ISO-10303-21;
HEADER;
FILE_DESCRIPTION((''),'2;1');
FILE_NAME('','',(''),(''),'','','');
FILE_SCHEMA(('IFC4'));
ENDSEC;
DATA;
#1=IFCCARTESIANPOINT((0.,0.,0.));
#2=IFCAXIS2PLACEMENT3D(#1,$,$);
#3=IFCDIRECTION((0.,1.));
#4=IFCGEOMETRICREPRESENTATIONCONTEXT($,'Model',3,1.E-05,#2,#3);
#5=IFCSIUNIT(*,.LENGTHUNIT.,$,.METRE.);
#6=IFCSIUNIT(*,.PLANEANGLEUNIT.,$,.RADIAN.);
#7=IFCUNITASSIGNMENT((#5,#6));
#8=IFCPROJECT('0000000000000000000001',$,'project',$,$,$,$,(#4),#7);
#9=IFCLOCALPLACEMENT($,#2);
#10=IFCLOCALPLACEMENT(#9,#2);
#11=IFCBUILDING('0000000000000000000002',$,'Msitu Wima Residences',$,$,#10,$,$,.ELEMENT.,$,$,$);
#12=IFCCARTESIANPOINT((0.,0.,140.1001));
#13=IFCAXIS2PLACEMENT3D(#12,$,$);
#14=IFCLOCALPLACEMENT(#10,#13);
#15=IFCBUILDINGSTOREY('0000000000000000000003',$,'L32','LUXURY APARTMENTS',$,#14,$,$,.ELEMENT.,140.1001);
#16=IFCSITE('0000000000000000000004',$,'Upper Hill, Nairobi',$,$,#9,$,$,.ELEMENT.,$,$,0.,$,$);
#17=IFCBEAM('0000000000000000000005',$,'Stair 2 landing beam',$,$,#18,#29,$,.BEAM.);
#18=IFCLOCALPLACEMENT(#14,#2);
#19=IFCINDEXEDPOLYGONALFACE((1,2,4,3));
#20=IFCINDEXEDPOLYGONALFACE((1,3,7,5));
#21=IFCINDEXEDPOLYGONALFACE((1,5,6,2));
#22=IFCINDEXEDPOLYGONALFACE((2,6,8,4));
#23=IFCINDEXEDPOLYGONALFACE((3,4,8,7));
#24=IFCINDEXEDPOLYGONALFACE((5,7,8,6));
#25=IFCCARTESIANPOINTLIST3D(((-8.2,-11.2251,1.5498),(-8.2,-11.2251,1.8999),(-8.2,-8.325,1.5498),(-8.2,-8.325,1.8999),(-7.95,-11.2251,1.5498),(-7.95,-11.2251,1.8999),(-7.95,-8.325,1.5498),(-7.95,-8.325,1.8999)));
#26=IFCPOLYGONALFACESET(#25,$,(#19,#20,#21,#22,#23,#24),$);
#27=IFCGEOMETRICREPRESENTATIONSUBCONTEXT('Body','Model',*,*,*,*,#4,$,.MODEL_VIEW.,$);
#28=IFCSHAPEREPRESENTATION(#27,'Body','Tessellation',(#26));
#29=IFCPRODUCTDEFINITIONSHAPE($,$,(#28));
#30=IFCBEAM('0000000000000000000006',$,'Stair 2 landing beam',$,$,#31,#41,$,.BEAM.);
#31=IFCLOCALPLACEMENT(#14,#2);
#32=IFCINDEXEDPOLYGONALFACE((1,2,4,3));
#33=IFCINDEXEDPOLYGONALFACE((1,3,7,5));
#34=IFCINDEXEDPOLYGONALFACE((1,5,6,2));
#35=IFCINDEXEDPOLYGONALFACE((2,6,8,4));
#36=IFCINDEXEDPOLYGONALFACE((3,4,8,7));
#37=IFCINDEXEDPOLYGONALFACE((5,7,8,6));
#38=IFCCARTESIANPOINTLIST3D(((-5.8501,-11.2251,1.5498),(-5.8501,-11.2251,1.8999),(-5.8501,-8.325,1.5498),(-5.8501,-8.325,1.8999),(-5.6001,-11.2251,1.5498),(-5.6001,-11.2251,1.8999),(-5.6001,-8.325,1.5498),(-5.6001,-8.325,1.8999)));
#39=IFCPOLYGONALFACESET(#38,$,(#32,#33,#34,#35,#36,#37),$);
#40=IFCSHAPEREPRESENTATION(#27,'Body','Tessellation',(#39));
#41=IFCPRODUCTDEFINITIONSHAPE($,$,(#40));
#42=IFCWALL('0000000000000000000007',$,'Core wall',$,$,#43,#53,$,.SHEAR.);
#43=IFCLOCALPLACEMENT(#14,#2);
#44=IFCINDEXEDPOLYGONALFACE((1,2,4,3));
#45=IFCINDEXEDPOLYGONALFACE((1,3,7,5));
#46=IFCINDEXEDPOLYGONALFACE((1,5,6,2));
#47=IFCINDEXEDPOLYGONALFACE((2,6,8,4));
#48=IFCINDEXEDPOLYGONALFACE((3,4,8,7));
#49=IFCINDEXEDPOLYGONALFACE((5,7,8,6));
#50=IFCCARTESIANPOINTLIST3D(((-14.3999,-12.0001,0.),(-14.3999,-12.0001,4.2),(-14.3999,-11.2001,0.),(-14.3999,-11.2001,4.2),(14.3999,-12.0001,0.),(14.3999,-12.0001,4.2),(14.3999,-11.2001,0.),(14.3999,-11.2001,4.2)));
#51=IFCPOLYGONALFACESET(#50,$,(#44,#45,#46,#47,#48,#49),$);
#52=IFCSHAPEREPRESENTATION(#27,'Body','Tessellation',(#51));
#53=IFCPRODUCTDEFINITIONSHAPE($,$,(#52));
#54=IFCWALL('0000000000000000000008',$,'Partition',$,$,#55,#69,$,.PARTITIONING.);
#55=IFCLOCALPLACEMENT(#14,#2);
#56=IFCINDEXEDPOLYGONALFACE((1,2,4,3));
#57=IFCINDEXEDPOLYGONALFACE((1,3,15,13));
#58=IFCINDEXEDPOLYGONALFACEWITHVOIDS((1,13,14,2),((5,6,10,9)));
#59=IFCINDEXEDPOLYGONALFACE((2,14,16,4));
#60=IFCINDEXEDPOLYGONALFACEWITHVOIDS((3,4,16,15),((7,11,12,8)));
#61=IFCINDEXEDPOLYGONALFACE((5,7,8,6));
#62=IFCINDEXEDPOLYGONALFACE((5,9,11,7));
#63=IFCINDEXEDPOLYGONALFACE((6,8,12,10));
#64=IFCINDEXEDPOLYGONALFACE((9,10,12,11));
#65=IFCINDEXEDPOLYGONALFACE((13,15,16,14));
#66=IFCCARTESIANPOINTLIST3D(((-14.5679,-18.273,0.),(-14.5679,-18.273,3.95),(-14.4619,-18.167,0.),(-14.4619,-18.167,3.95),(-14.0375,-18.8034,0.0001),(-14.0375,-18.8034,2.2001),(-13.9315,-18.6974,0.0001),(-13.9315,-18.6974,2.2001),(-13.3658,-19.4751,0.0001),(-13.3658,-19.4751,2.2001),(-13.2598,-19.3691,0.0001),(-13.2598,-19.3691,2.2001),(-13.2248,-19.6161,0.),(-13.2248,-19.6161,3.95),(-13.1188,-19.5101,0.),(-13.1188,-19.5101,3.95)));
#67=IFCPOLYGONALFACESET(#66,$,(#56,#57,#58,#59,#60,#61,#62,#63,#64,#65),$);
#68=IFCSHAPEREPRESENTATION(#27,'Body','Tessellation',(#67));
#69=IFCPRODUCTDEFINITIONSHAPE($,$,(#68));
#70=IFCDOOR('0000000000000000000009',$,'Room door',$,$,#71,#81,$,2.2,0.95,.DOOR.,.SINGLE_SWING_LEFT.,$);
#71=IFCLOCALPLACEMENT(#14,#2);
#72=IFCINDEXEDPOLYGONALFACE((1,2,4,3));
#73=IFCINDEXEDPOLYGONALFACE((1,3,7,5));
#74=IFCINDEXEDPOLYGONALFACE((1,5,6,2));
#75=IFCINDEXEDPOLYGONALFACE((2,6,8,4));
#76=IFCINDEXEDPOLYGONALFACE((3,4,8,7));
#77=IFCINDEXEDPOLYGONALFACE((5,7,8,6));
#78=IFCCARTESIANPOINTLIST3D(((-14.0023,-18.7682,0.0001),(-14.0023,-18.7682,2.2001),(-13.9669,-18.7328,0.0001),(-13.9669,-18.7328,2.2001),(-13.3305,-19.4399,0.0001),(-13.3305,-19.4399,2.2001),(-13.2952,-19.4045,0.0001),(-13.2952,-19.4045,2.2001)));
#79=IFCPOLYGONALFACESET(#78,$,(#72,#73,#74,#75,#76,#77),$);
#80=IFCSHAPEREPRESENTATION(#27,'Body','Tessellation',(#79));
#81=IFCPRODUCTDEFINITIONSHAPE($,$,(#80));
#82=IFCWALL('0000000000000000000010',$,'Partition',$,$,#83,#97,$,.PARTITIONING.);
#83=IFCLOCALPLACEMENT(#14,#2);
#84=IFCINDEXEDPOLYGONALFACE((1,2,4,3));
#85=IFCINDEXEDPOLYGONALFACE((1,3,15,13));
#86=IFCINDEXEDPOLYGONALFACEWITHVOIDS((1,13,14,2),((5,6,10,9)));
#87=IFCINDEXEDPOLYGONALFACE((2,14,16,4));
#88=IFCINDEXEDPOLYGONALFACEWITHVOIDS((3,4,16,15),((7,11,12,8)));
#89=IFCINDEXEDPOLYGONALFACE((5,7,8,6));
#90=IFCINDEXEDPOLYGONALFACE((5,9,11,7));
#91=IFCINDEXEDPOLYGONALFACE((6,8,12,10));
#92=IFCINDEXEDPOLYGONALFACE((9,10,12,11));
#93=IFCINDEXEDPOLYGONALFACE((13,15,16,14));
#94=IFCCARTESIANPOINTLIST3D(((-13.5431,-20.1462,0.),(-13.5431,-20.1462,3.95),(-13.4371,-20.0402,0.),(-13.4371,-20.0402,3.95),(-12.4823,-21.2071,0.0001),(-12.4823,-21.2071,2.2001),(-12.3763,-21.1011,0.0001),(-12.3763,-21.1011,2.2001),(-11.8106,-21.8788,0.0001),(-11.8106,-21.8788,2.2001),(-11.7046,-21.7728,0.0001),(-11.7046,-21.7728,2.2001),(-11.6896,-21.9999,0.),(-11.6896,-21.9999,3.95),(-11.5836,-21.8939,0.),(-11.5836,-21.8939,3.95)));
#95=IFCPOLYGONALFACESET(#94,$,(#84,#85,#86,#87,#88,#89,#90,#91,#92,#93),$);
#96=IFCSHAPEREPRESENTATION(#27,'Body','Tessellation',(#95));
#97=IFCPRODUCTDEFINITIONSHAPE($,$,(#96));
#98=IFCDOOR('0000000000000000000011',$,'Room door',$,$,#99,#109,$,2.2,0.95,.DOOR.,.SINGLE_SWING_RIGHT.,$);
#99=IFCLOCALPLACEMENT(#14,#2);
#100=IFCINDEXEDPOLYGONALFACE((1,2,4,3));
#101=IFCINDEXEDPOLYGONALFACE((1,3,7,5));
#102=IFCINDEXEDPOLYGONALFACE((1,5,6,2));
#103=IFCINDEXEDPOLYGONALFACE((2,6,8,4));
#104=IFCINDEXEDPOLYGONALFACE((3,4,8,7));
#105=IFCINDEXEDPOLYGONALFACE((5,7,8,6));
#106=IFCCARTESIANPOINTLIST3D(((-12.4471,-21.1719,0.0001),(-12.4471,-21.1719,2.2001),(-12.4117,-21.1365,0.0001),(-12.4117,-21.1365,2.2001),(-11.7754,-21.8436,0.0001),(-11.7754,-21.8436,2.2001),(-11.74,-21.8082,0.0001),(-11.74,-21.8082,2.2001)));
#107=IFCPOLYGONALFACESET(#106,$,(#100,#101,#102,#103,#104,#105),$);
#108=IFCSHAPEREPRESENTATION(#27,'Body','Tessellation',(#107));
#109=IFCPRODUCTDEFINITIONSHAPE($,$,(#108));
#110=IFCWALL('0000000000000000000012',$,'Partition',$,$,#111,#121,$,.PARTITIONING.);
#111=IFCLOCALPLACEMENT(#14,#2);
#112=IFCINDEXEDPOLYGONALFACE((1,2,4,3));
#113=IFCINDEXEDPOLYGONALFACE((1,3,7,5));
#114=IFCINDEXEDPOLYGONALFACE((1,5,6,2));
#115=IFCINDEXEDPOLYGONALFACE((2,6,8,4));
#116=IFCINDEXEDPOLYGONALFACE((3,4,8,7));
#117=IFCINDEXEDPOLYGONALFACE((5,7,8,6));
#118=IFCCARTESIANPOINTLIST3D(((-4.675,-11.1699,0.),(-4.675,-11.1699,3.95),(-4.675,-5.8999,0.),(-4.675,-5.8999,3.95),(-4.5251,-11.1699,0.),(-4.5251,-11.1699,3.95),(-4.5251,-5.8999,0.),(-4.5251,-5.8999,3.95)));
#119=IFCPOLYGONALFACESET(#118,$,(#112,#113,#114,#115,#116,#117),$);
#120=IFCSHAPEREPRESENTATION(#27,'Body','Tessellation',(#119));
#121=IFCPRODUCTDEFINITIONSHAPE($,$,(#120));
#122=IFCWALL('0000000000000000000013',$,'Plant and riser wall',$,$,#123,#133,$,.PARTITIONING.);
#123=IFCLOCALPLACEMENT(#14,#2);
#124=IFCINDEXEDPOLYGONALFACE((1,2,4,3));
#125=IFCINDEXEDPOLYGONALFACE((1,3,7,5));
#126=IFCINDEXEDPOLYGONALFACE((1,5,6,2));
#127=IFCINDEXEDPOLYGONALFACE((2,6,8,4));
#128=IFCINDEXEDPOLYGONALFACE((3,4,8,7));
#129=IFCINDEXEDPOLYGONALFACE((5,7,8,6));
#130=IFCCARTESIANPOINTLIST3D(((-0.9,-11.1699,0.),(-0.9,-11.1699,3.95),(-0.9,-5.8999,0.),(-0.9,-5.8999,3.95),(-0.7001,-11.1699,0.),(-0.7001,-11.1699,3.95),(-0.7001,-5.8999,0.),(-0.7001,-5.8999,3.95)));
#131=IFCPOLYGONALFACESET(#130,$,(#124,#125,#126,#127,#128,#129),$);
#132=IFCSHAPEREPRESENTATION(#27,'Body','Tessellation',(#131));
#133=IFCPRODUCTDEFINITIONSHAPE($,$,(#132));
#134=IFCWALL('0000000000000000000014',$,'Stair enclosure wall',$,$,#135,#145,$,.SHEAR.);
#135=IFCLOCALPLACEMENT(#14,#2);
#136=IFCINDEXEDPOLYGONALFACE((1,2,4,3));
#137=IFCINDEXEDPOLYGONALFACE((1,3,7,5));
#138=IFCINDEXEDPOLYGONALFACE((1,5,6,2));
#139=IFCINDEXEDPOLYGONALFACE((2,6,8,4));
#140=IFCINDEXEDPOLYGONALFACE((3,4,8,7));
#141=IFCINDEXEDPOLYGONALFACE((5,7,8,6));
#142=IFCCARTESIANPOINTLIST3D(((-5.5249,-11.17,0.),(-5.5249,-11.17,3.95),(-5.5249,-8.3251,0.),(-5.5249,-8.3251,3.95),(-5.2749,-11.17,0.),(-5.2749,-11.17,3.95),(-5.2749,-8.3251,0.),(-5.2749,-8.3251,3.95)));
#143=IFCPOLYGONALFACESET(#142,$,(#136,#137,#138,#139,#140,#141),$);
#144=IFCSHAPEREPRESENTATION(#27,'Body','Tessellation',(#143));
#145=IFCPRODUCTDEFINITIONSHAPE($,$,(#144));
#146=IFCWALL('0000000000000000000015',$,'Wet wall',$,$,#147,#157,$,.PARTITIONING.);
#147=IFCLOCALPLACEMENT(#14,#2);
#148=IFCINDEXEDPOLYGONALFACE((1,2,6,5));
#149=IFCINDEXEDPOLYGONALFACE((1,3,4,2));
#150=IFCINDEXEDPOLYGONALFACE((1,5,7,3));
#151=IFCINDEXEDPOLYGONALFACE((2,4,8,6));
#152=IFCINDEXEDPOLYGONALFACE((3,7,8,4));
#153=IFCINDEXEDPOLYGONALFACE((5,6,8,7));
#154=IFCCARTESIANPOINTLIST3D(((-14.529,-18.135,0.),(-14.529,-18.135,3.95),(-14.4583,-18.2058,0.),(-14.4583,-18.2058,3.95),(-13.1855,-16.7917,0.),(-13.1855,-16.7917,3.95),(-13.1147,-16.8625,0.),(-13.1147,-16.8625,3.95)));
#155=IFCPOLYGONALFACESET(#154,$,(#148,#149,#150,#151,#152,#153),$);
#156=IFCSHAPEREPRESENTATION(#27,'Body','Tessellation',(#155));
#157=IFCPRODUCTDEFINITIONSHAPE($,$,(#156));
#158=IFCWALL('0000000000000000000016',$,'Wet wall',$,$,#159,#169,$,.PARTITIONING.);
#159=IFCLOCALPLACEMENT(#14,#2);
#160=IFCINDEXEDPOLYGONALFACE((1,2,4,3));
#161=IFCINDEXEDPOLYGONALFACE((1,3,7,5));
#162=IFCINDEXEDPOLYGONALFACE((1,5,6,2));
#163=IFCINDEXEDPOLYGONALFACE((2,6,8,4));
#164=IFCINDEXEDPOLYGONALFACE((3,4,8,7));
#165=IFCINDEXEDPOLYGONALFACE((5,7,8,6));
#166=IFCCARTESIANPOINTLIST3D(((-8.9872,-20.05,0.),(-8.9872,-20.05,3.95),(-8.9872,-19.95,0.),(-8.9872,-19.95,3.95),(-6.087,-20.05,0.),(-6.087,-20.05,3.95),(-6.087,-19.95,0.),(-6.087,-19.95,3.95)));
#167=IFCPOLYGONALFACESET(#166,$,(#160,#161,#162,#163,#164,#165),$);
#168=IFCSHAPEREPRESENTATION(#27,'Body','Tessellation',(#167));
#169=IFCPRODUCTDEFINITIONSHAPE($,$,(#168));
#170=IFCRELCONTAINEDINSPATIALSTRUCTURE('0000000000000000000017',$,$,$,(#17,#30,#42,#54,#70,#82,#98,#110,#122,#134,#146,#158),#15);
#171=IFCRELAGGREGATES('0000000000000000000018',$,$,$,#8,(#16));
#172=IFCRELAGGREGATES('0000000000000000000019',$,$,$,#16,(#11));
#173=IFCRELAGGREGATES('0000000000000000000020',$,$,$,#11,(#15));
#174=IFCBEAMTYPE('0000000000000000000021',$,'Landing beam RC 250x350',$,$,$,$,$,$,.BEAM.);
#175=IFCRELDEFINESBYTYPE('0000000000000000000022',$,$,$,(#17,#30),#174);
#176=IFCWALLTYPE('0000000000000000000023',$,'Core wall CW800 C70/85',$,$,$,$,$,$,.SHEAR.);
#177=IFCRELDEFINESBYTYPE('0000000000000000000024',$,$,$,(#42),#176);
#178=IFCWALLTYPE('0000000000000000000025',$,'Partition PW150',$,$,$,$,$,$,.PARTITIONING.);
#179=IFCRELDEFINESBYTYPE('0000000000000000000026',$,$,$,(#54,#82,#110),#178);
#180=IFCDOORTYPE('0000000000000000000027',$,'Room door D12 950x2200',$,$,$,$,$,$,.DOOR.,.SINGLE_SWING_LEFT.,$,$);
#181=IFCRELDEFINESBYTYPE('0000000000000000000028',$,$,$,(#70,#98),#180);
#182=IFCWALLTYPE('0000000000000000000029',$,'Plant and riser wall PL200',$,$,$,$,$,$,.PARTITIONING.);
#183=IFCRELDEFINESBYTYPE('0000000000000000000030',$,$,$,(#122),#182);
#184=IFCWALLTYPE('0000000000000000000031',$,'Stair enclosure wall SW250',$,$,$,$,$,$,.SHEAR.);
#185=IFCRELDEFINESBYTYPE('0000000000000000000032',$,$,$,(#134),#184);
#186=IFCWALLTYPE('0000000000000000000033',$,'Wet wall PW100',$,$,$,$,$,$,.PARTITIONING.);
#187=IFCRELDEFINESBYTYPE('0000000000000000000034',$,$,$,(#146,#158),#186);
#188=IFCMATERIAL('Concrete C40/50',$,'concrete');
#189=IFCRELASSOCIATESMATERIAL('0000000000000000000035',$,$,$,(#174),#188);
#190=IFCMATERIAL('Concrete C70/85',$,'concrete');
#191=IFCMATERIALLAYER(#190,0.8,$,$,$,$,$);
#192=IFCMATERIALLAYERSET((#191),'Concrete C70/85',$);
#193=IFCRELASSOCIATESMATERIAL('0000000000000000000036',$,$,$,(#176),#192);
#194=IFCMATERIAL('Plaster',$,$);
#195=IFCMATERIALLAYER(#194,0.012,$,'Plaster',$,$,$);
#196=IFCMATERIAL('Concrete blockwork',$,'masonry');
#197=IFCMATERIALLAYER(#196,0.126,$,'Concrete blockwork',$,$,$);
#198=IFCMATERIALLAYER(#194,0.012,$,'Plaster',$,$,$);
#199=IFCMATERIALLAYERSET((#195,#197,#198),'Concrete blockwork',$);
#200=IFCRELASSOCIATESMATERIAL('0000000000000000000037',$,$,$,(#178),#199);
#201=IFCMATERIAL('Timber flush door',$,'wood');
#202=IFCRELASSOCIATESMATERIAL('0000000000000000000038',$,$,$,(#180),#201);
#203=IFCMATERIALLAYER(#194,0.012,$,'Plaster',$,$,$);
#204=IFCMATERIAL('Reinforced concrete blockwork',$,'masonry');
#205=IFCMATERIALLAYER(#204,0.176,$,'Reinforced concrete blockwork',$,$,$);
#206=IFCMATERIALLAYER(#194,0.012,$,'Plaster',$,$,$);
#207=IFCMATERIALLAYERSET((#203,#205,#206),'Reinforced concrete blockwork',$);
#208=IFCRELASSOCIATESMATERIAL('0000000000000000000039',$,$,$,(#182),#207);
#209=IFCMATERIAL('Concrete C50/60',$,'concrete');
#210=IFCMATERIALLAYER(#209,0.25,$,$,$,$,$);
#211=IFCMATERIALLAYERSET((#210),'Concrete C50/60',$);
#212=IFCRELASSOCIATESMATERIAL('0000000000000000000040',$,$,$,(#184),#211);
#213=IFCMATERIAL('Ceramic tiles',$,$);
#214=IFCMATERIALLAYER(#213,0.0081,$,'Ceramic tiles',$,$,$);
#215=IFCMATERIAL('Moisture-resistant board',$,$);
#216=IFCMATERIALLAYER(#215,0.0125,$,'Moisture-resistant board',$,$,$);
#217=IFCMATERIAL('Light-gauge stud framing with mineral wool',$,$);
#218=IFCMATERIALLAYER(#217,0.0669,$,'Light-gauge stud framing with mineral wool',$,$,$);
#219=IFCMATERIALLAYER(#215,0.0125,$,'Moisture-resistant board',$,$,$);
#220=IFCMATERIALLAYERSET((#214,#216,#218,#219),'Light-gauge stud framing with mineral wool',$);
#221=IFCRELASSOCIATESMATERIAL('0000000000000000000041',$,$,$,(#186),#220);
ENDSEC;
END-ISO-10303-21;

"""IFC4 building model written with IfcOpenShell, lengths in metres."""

from ifc_helpers import new_model, si_unit, direction, frame, frame_2d, origin, origin_2d, place, context, subcontext, project, spatial, rectangle, extrude, material, layer, layer_set, material_profile, profile_set, type_object, element, fill, save


model = new_model("IFC4")

# Units and contexts
model_context = context("Model", 3, precision=1e-05, world=origin(), true_north=direction((0.0, 1.0)))
body_context = subcontext(model_context, "Body", "Model", "MODEL_VIEW")
ifc_project = project(units=[si_unit("LENGTHUNIT", "METRE"), si_unit("PLANEANGLEUNIT", "RADIAN")], contexts=[model_context])

# Site, building, storey
site_placement = place(None, origin())
site = spatial("IfcSite", under=ifc_project, at=site_placement, Name="Upper Hill, Nairobi", CompositionType="ELEMENT", RefElevation=0.0)
building_placement = place(site_placement, origin())
building = spatial("IfcBuilding", under=site, at=building_placement, Name="Msitu Wima Residences", CompositionType="ELEMENT")
storey_placement = place(building_placement, frame((0.0, 0.0, 140.1001)))
storey = spatial("IfcBuildingStorey", under=building, at=storey_placement, Name="L32", Description="LUXURY APARTMENTS", CompositionType="ELEMENT", Elevation=140.1001)

# Beams
ifc_material_1 = material(Name="Concrete C40/50", Category="concrete")
ifc_material_profile = material_profile(ifc_material_1, rectangle(XDim=0.25, YDim=0.3501, at=origin_2d()), Name="RC 250x350")
ifc_profile_set = profile_set([ifc_material_profile], Name="Concrete C40/50")
beam_type = type_object("IfcBeamType", Name="Landing beam RC 250x350", PredefinedType="BEAM", material=ifc_profile_set)
for number, where, z_axis, x_axis, name in (
    (1, (-8.075, -11.2251, 1.7249), (0.0, 1.0, 0.0), (-1.0, 0.0, 0.0), "Stair 2 landing beam"),
    (2, (-5.7251, -11.2251, 1.7249), (0.0, 1.0, 0.0), (-1.0, 0.0, 0.0), "Stair 2 landing beam"),
):
    element("IfcBeam", number, at=place(storey_placement, frame(where, z_axis=z_axis, x_axis=x_axis)), inside=storey, type_object=beam_type, Name=name, PredefinedType="BEAM", context=body_context, shape_type="SweptSolid", body=[
        extrude(rectangle(XDim=0.25, YDim=0.3501, at=origin_2d()), origin(), (0.0, 0.0, 1.0), 2.9001),
    ])

# Wall
ifc_material_2 = material(Name="Concrete C70/85", Category="concrete")
ifc_layer_1 = layer(ifc_material_2, 0.8)
ifc_layer_set_1 = layer_set([ifc_layer_1], Name="Concrete C70/85")
wall_type_1 = type_object("IfcWallType", Name="Core wall CW800 C70/85", PredefinedType="SHEAR", material=ifc_layer_set_1)
wall_1_placement = place(storey_placement, frame((-14.3999, -11.6001, 0.0), z_axis=(0.0, 0.0, 1.0), x_axis=(1.0, 0.0, 0.0)))
element("IfcWall", 3, at=wall_1_placement, inside=storey, type_object=wall_type_1, Name="Core wall", PredefinedType="SHEAR", context=body_context, shape_type="SweptSolid", body=[
    extrude(rectangle(XDim=28.7998, YDim=0.8, at=frame_2d((14.3999, 0.0))), origin(), (0.0, 0.0, 1.0), 4.2),
])

# Walls, openings, doors
ifc_material_3 = material(Name="Plaster")
ifc_layer_2 = layer(ifc_material_3, 0.012, Name="Plaster")
ifc_material_4 = material(Name="Concrete blockwork", Category="masonry")
ifc_layer_3 = layer(ifc_material_4, 0.126, Name="Concrete blockwork")
ifc_layer_4 = layer(ifc_material_3, 0.012, Name="Plaster")
ifc_layer_set_2 = layer_set([ifc_layer_2, ifc_layer_3, ifc_layer_4], Name="Concrete blockwork")
wall_type_2 = type_object("IfcWallType", Name="Partition PW150", PredefinedType="PARTITIONING", material=ifc_layer_set_2)
wall_2_placement = place(storey_placement, frame((-14.5149, -18.22, 0.0), z_axis=(0.0, 0.0, 1.0), x_axis=(0.707107, -0.707107, 0.0)))
wall_2 = element("IfcWall", 4, at=wall_2_placement, inside=storey, type_object=wall_type_2, Name="Partition", PredefinedType="PARTITIONING", context=body_context, shape_type="SweptSolid", body=[
    extrude(rectangle(XDim=1.8994, YDim=0.1499, at=frame_2d((0.9497, 0.0))), origin(), (0.0, 0.0, 1.0), 3.95),
])
opening_1_placement = place(wall_2_placement, frame((0.75, 0.0, 0.0)))
opening_1 = element("IfcOpeningElement", 5, at=opening_1_placement, cuts=wall_2, PredefinedType="OPENING", context=body_context, shape_type="SweptSolid", body=[
    extrude(rectangle(XDim=0.95, YDim=2.2, at=frame_2d((0.4751, 1.1001))), frame((0.0, 0.085, 0.0), z_axis=(0.0, -1.0, 0.0), x_axis=(1.0, 0.0, 0.0)), (0.0, 0.0, 1.0), 0.1699),
])
ifc_material_5 = material(Name="Timber flush door", Category="wood")
door_type_1 = type_object("IfcDoorType", Name="Room door D12 950x2200", OperationType="SINGLE_SWING_LEFT", PredefinedType="DOOR", material=ifc_material_5)
door_1_placement = place(opening_1_placement, origin())
door_1 = element("IfcDoor", 6, at=door_1_placement, inside=storey, type_object=door_type_1, Name="Room door", OperationType="SINGLE_SWING_LEFT", OverallHeight=2.2, OverallWidth=0.95, PredefinedType="DOOR", context=body_context, shape_type="SweptSolid", body=[
    extrude(rectangle(XDim=0.95, YDim=2.2, at=frame_2d((0.4751, 1.1001))), frame((0.0, 0.0249, 0.0), z_axis=(0.0, -1.0, 0.0), x_axis=(1.0, 0.0, 0.0)), (0.0, 0.0, 1.0), 0.05),
])
fill(opening_1, door_1)
wall_3_placement = place(storey_placement, frame((-13.49, -20.0933, 0.0), z_axis=(0.0, 0.0, 1.0), x_axis=(0.70706, -0.707153, 0.0)))
wall_3 = element("IfcWall", 7, at=wall_3_placement, inside=storey, type_object=wall_type_2, Name="Partition", PredefinedType="PARTITIONING", context=body_context, shape_type="SweptSolid", body=[
    extrude(rectangle(XDim=2.6213, YDim=0.1499, at=frame_2d((1.3105, 0.0))), origin(), (0.0, 0.0, 1.0), 3.95),
])
opening_2_placement = place(wall_3_placement, frame((1.5, 0.0, 0.0)))
opening_2 = element("IfcOpeningElement", 8, at=opening_2_placement, cuts=wall_3, PredefinedType="OPENING", context=body_context, shape_type="SweptSolid", body=[
    extrude(rectangle(XDim=0.95, YDim=2.2, at=frame_2d((0.4751, 1.1001))), frame((0.0, 0.085, 0.0), z_axis=(0.0, -1.0, 0.0), x_axis=(1.0, 0.0, 0.0)), (0.0, 0.0, 1.0), 0.1699),
])
door_2_placement = place(opening_2_placement, origin())
door_2 = element("IfcDoor", 9, at=door_2_placement, inside=storey, type_object=door_type_1, Name="Room door", OperationType="SINGLE_SWING_RIGHT", OverallHeight=2.2, OverallWidth=0.95, PredefinedType="DOOR", context=body_context, shape_type="SweptSolid", body=[
    extrude(rectangle(XDim=0.95, YDim=2.2, at=frame_2d((0.4751, 1.1001))), frame((0.0, 0.0249, 0.0), z_axis=(0.0, -1.0, 0.0), x_axis=(1.0, 0.0, 0.0)), (0.0, 0.0, 1.0), 0.05),
])
fill(opening_2, door_2)

# Walls
wall_4_placement = place(storey_placement, frame((-4.6001, -11.1699, 0.0), z_axis=(0.0, 0.0, 1.0), x_axis=(0.0, 1.0, 0.0)))
element("IfcWall", 10, at=wall_4_placement, inside=storey, type_object=wall_type_2, Name="Partition", PredefinedType="PARTITIONING", context=body_context, shape_type="SweptSolid", body=[
    extrude(rectangle(XDim=5.27, YDim=0.1499, at=frame_2d((2.635, 0.0))), origin(), (0.0, 0.0, 1.0), 3.95),
])
ifc_layer_5 = layer(ifc_material_3, 0.012, Name="Plaster")
ifc_material_6 = material(Name="Reinforced concrete blockwork", Category="masonry")
ifc_layer_6 = layer(ifc_material_6, 0.176, Name="Reinforced concrete blockwork")
ifc_layer_7 = layer(ifc_material_3, 0.012, Name="Plaster")
ifc_layer_set_3 = layer_set([ifc_layer_5, ifc_layer_6, ifc_layer_7], Name="Reinforced concrete blockwork")
wall_type_3 = type_object("IfcWallType", Name="Plant and riser wall PL200", PredefinedType="PARTITIONING", material=ifc_layer_set_3)
wall_5_placement = place(storey_placement, frame((-0.8, -11.1699, 0.0), z_axis=(0.0, 0.0, 1.0), x_axis=(0.0, 1.0, 0.0)))
element("IfcWall", 11, at=wall_5_placement, inside=storey, type_object=wall_type_3, Name="Plant and riser wall", PredefinedType="PARTITIONING", context=body_context, shape_type="SweptSolid", body=[
    extrude(rectangle(XDim=5.27, YDim=0.2, at=frame_2d((2.635, 0.0))), origin(), (0.0, 0.0, 1.0), 3.95),
])
ifc_material_7 = material(Name="Concrete C50/60", Category="concrete")
ifc_layer_8 = layer(ifc_material_7, 0.25)
ifc_layer_set_4 = layer_set([ifc_layer_8], Name="Concrete C50/60")
wall_type_4 = type_object("IfcWallType", Name="Stair enclosure wall SW250", PredefinedType="SHEAR", material=ifc_layer_set_4)
wall_6_placement = place(storey_placement, frame((-5.3999, -11.1699, 0.0), z_axis=(0.0, 0.0, 1.0), x_axis=(0.0, 1.0, 0.0)))
element("IfcWall", 12, at=wall_6_placement, inside=storey, type_object=wall_type_4, Name="Stair enclosure wall", PredefinedType="SHEAR", context=body_context, shape_type="SweptSolid", body=[
    extrude(rectangle(XDim=2.845, YDim=0.25, at=frame_2d((1.4224, 0.0))), origin(), (0.0, 0.0, 1.0), 3.95),
])
ifc_material_8 = material(Name="Ceramic tiles")
ifc_layer_9 = layer(ifc_material_8, 0.0081, Name="Ceramic tiles")
ifc_material_9 = material(Name="Moisture-resistant board")
ifc_layer_10 = layer(ifc_material_9, 0.0125, Name="Moisture-resistant board")
ifc_material_10 = material(Name="Light-gauge stud framing with mineral wool")
ifc_layer_11 = layer(ifc_material_10, 0.0669, Name="Light-gauge stud framing with mineral wool")
ifc_layer_12 = layer(ifc_material_9, 0.0125, Name="Moisture-resistant board")
ifc_layer_set_5 = layer_set([ifc_layer_9, ifc_layer_10, ifc_layer_11, ifc_layer_12], Name="Light-gauge stud framing with mineral wool")
wall_type_5 = type_object("IfcWallType", Name="Wet wall PW100", PredefinedType="PARTITIONING", material=ifc_layer_set_5)
wall_7_placement = place(storey_placement, frame((-14.4937, -18.1704, 0.0), z_axis=(0.0, 0.0, 1.0), x_axis=(0.707171, 0.707043, 0.0)))
element("IfcWall", 13, at=wall_7_placement, inside=storey, type_object=wall_type_5, Name="Wet wall", PredefinedType="PARTITIONING", context=body_context, shape_type="SweptSolid", body=[
    extrude(rectangle(XDim=1.8999, YDim=0.1001, at=frame_2d((0.95, 0.0))), origin(), (0.0, 0.0, 1.0), 3.95),
])
wall_8_placement = place(storey_placement, frame((-8.9873, -20.0, 0.0), z_axis=(0.0, 0.0, 1.0), x_axis=(1.0, 0.0, 0.0)))
element("IfcWall", 14, at=wall_8_placement, inside=storey, type_object=wall_type_5, Name="Wet wall", PredefinedType="PARTITIONING", context=body_context, shape_type="SweptSolid", body=[
    extrude(rectangle(XDim=2.9001, YDim=0.1001, at=frame_2d((1.4502, 0.0))), origin(), (0.0, 0.0, 1.0), 3.95),
])

save(model, "model.ifc")
